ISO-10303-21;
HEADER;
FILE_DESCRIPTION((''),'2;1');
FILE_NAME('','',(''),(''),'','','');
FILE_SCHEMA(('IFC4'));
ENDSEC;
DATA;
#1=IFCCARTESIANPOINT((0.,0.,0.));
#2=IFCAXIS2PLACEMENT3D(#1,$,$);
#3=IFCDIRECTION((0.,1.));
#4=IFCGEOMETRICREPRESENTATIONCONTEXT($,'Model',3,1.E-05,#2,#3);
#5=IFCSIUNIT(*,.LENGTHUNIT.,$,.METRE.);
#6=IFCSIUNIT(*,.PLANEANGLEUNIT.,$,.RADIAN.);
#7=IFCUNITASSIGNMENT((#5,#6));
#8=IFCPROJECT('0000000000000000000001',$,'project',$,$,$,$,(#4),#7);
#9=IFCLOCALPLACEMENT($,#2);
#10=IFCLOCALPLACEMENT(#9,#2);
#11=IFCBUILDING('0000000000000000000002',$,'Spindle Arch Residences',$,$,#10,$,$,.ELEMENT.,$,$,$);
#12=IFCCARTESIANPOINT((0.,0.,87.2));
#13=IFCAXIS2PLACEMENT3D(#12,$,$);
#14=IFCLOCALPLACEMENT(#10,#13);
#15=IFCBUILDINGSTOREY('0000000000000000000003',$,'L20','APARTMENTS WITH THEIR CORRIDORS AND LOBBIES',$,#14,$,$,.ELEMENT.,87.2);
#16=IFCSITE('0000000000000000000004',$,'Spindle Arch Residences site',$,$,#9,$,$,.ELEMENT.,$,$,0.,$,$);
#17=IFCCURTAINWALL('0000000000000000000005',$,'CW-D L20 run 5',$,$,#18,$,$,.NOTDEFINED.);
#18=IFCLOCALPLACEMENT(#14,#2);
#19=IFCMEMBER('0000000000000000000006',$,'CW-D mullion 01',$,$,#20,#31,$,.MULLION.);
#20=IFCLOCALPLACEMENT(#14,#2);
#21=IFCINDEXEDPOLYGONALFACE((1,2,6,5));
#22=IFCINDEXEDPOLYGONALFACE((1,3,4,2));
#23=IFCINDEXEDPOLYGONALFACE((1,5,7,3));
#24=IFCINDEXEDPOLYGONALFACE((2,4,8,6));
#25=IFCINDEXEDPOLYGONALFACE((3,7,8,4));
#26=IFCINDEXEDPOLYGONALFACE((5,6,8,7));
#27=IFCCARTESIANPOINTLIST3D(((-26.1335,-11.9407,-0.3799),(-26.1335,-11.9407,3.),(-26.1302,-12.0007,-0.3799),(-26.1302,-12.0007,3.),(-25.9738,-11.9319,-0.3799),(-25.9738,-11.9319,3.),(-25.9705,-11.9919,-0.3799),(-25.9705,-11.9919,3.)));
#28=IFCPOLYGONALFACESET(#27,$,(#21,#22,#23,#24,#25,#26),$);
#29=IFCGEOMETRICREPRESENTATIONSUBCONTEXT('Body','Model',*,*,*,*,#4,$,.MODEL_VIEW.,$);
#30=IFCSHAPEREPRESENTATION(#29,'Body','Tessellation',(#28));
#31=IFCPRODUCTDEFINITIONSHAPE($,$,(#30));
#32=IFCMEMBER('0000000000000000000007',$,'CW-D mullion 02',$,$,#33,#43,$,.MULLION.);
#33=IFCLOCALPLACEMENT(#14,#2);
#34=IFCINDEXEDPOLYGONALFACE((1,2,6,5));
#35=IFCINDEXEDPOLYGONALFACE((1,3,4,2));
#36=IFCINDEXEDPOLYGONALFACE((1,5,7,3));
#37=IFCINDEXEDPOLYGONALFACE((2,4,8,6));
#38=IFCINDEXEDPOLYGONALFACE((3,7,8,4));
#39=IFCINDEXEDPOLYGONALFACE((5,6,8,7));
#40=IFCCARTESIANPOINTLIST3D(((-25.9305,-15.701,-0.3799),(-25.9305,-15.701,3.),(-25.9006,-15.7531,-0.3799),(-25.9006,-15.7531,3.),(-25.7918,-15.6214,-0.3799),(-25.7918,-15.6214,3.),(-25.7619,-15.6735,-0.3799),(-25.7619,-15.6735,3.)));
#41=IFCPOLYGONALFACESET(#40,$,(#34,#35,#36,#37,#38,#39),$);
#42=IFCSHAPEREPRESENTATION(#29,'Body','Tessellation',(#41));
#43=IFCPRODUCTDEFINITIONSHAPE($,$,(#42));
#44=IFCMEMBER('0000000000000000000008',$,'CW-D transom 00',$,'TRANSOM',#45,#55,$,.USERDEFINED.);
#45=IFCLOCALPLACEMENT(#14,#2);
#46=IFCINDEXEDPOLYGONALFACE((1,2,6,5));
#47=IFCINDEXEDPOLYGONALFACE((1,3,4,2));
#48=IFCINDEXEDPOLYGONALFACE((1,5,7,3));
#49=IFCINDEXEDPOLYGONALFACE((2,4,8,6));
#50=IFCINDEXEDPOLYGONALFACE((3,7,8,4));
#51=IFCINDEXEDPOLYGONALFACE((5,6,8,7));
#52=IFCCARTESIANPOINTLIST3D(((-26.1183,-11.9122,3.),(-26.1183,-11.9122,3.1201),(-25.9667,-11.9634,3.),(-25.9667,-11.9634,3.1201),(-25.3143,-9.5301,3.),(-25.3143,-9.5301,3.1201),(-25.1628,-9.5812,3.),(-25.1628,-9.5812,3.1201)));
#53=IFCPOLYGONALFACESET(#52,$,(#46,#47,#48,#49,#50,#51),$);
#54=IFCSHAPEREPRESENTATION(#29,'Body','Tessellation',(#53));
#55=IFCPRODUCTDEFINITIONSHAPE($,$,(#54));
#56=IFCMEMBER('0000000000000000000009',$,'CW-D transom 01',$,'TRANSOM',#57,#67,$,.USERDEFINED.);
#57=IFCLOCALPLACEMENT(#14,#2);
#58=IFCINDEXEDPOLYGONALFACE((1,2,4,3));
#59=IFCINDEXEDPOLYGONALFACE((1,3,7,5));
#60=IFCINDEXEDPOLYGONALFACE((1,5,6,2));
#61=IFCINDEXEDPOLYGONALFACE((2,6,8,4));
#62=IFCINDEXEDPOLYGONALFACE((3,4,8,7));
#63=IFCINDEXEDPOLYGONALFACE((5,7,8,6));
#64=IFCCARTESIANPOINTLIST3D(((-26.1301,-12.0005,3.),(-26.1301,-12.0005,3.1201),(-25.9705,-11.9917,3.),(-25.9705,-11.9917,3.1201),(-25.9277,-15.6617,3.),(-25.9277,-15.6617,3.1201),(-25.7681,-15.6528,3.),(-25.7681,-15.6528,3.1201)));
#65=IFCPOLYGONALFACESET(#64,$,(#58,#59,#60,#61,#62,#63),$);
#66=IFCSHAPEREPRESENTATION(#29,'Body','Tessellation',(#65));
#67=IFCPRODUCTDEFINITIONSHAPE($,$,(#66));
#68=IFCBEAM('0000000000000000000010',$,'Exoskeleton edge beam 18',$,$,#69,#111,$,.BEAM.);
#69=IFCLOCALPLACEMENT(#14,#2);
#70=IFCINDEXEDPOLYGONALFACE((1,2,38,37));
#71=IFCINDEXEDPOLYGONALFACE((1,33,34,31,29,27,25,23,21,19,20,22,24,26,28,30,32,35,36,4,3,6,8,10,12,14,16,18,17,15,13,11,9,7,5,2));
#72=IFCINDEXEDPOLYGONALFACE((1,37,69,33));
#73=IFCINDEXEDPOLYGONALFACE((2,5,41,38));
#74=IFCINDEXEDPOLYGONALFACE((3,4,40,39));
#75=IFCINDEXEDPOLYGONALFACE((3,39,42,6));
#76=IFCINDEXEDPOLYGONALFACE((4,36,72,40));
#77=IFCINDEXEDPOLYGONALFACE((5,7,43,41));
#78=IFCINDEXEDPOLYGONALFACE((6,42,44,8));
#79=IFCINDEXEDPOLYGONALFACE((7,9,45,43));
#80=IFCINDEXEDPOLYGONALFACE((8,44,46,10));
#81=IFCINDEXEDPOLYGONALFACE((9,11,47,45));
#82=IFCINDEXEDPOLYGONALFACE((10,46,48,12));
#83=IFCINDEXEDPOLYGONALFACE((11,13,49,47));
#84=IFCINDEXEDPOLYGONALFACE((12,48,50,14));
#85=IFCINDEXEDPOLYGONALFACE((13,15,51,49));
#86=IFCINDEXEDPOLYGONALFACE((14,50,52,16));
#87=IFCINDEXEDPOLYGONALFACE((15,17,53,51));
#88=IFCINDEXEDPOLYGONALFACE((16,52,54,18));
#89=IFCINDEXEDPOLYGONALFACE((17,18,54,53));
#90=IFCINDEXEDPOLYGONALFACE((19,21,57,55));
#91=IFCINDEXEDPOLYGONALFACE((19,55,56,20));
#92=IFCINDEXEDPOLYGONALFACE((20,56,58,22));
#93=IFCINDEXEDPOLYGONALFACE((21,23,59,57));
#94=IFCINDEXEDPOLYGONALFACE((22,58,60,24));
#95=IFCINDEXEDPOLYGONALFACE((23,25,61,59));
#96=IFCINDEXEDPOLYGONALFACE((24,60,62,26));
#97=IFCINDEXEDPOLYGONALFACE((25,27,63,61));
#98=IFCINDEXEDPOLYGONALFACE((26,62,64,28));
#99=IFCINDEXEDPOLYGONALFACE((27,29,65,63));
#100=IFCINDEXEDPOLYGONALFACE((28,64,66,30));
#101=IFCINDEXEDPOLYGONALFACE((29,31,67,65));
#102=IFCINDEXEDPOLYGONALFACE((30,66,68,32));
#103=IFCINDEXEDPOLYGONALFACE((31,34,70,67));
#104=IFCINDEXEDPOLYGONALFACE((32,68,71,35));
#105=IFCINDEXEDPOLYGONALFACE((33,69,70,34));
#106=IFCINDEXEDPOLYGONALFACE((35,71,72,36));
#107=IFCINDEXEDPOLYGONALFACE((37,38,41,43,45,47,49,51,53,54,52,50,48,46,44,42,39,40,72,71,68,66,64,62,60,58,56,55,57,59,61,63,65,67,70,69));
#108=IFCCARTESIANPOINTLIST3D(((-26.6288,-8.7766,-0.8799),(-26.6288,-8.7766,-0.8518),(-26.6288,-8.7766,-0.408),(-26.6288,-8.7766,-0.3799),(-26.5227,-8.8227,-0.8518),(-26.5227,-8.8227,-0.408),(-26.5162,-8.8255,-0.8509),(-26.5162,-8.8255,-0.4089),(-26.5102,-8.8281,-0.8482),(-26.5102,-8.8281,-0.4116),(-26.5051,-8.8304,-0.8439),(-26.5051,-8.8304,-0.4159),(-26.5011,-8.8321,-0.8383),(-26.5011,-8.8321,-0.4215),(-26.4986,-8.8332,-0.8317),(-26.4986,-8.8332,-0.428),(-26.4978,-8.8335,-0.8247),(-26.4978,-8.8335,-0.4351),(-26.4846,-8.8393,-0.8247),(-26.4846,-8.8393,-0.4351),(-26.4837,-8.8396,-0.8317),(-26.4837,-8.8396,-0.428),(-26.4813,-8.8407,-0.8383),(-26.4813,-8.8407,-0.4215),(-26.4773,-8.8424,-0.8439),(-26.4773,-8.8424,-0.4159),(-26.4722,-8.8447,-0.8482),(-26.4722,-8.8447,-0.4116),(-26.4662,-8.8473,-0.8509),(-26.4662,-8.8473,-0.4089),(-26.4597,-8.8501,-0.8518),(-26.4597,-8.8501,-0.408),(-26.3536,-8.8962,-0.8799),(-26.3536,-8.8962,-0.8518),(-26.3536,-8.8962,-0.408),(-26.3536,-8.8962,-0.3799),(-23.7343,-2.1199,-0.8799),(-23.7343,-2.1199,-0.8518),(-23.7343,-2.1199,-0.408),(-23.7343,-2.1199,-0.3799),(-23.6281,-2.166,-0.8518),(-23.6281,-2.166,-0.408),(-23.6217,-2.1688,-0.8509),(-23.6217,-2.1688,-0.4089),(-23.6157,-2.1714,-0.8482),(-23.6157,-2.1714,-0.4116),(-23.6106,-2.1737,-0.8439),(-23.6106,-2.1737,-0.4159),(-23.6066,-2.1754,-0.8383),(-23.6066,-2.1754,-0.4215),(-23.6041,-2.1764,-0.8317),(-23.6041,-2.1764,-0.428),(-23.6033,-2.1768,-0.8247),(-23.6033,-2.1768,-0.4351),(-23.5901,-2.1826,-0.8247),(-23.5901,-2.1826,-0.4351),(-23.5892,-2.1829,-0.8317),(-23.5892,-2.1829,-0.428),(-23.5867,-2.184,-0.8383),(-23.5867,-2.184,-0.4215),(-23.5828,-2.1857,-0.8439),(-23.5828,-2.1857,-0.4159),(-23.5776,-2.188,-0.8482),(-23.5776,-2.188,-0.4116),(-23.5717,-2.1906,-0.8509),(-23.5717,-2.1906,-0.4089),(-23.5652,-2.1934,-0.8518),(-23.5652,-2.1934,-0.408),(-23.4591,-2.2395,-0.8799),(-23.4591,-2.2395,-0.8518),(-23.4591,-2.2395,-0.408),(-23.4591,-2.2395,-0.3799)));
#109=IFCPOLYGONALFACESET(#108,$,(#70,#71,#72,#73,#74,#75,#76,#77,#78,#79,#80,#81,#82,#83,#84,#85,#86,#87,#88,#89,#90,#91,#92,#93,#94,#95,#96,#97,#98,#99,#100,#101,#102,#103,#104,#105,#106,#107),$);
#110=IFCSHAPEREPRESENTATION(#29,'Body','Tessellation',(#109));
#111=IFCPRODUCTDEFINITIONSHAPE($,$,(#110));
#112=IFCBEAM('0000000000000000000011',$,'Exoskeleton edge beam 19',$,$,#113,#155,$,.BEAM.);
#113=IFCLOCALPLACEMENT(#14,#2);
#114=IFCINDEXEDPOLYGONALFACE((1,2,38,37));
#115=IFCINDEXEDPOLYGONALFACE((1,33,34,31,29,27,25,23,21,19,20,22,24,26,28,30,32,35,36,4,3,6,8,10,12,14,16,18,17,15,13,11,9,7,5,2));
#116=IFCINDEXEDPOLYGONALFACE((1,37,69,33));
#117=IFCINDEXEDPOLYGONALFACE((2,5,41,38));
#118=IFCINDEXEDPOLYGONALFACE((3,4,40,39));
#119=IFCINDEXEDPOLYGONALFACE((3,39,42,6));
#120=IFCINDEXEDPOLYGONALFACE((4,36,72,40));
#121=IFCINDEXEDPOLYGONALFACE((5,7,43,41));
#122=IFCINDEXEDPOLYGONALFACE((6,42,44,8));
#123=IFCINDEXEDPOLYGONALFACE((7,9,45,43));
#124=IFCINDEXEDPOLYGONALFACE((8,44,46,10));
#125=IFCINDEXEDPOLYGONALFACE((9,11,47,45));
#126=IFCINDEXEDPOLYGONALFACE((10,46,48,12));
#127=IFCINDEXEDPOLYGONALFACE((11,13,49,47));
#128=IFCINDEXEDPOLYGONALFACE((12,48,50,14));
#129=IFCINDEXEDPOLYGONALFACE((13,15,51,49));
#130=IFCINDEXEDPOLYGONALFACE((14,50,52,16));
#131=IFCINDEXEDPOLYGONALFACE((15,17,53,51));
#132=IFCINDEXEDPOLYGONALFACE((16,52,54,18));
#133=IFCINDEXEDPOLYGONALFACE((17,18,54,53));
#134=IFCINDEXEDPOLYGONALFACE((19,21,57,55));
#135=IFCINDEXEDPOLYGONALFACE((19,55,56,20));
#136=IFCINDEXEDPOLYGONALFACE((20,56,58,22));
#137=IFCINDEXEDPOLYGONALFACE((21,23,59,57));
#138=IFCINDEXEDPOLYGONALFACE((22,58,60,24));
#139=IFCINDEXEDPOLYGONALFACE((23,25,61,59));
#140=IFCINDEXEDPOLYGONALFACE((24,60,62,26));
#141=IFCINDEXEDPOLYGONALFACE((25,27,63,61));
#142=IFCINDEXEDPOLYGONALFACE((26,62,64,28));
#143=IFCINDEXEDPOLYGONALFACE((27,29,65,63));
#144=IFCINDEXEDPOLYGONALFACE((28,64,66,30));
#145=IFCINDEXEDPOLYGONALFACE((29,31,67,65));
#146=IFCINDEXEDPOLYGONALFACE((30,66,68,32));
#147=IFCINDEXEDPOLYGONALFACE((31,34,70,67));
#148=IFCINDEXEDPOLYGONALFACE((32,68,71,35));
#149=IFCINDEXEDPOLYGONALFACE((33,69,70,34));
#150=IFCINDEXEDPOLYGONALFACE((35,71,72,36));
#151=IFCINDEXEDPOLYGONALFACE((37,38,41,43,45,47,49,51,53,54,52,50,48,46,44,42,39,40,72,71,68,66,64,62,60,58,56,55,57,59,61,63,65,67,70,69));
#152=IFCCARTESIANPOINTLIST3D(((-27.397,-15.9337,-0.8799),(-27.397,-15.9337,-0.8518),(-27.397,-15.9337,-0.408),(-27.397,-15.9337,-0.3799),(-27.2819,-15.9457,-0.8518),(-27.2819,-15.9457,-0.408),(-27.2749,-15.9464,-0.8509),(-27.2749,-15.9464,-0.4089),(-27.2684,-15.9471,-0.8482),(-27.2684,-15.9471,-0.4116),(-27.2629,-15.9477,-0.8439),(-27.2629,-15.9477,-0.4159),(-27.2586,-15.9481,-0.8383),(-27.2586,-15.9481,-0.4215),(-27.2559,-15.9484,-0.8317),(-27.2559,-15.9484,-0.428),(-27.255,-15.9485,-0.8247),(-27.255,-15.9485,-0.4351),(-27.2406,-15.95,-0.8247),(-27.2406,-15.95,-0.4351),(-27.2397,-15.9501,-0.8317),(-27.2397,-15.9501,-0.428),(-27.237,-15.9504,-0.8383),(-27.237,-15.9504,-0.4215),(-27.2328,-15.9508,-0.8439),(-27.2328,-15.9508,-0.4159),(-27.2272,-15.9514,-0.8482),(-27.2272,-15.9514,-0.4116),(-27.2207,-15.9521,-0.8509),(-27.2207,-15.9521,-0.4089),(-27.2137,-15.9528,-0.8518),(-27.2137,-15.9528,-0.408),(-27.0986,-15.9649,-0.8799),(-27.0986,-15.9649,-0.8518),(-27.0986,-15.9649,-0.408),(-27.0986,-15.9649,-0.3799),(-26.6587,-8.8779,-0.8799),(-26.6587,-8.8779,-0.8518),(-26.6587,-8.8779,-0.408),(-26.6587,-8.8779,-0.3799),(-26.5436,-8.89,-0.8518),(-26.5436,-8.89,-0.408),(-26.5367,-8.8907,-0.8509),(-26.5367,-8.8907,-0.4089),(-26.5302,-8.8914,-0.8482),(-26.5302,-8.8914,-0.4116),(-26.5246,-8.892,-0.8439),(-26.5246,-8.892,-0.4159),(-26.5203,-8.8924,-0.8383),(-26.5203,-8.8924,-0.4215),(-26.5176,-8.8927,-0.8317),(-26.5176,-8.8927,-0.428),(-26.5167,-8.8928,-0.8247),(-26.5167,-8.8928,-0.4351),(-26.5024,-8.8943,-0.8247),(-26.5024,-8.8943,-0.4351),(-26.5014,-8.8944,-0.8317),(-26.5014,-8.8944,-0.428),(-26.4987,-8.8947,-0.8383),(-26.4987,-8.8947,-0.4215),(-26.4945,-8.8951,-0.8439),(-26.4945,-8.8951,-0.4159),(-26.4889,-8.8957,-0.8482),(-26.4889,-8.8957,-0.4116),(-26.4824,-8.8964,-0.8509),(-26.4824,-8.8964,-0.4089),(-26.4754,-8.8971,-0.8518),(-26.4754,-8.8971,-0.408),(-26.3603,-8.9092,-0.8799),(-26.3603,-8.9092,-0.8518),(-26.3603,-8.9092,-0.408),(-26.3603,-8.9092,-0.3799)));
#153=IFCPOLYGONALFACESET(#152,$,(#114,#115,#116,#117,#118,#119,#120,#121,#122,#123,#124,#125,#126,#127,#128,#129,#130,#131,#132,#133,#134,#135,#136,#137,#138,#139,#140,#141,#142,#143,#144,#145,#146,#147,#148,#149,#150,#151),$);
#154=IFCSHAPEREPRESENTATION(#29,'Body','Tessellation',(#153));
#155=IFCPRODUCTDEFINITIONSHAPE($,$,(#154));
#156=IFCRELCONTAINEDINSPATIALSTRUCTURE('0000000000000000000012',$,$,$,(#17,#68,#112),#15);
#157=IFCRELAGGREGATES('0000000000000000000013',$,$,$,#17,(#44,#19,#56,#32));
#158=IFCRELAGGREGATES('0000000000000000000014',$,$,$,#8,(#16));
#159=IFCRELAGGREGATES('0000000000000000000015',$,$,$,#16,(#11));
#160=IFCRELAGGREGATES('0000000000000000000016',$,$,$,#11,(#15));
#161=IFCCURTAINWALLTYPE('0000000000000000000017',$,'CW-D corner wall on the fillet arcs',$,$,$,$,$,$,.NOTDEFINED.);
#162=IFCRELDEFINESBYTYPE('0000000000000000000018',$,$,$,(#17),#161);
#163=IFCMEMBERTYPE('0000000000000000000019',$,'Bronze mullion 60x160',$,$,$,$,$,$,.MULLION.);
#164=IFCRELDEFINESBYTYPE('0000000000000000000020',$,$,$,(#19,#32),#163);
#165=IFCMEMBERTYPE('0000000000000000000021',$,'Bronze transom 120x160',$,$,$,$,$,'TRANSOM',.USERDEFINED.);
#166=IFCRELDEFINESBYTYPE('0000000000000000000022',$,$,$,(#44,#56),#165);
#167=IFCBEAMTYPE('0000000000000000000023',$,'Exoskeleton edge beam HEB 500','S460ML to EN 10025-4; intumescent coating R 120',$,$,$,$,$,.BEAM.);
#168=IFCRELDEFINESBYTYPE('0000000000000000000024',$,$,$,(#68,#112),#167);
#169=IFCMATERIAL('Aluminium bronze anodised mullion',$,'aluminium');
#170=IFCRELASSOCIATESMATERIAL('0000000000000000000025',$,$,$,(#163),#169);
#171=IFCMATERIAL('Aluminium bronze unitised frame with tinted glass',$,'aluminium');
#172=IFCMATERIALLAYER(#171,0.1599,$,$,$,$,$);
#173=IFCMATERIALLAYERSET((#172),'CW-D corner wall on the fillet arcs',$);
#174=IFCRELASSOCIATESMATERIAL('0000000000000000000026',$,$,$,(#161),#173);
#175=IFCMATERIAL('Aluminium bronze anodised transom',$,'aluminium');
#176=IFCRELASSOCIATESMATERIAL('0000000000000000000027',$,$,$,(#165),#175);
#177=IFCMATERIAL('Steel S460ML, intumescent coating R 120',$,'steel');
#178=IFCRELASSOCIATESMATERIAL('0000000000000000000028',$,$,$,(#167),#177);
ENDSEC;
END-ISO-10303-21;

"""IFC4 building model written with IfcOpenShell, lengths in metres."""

from ifc_helpers import new_model, si_unit, direction, frame, origin, origin_2d, place, context, subcontext, project, spatial, rectangle, i_section, extrude, material, layer, layer_set, material_profile, profile_set, type_object, element, aggregate, save


model = new_model("IFC4")

# Units and contexts
model_context = context("Model", 3, precision=1e-05, world=origin(), true_north=direction((0.0, 1.0)))
body_context = subcontext(model_context, "Body", "Model", "MODEL_VIEW")
ifc_project = project(units=[si_unit("LENGTHUNIT", "METRE"), si_unit("PLANEANGLEUNIT", "RADIAN")], contexts=[model_context])

# Site, building, storey
site_placement = place(None, origin())
site = spatial("IfcSite", under=ifc_project, at=site_placement, Name="Spindle Arch Residences site", CompositionType="ELEMENT", RefElevation=0.0)
building_placement = place(site_placement, origin())
building = spatial("IfcBuilding", under=site, at=building_placement, Name="Spindle Arch Residences", CompositionType="ELEMENT")
storey_placement = place(building_placement, frame((0.0, 0.0, 87.2)))
storey = spatial("IfcBuildingStorey", under=building, at=storey_placement, Name="L20", Description="APARTMENTS WITH THEIR CORRIDORS AND LOBBIES", CompositionType="ELEMENT", Elevation=87.2)

# Shared definitions
ifc_material_1 = material(Name="Aluminium bronze anodised mullion", Category="aluminium")
ifc_material_profile_1 = material_profile(ifc_material_1, rectangle(XDim=0.1599, YDim=0.0601, at=origin_2d()), Name="MU 60x160")
ifc_profile_set_1 = profile_set([ifc_material_profile_1], Name="Aluminium bronze anodised mullion")
member_type_1 = type_object("IfcMemberType", Name="Bronze mullion 60x160", PredefinedType="MULLION", material=ifc_profile_set_1)

# Curtain wall, members
ifc_material_2 = material(Name="Aluminium bronze unitised frame with tinted glass", Category="aluminium")
ifc_layer_1 = layer(ifc_material_2, 0.1599)
ifc_layer_set_1 = layer_set([ifc_layer_1], Name="CW-D corner wall on the fillet arcs")
curtain_wall_type_1 = type_object("IfcCurtainWallType", Name="CW-D corner wall on the fillet arcs", PredefinedType="NOTDEFINED", material=ifc_layer_set_1)
curtain_wall_1_placement = place(storey_placement, origin())
curtain_wall_1 = element("IfcCurtainWall", 1, at=curtain_wall_1_placement, inside=storey, type_object=curtain_wall_type_1, Name="CW-D L20 run 5", PredefinedType="NOTDEFINED")
member_1_placement = place(storey_placement, frame((-26.052, -11.9663, -0.3799), z_axis=(0.0, 0.0, 1.0), x_axis=(0.998473, 0.055241, 0.0)))
member_1 = element("IfcMember", 2, at=member_1_placement, type_object=member_type_1, Name="CW-D mullion 01", PredefinedType="MULLION", context=body_context, shape_type="SweptSolid", body=[
    extrude(rectangle(XDim=0.1599, YDim=0.0601, at=origin_2d()), origin(), (0.0, 0.0, 1.0), 3.3799),
])
member_2_placement = place(storey_placement, frame((-25.8462, -15.6873, -0.3799), z_axis=(0.0, 0.0, 1.0), x_axis=(0.867476, 0.497479, 0.0)))
member_2 = element("IfcMember", 3, at=member_2_placement, type_object=member_type_1, Name="CW-D mullion 02", PredefinedType="MULLION", context=body_context, shape_type="SweptSolid", body=[
    extrude(rectangle(XDim=0.1599, YDim=0.0601, at=origin_2d()), origin(), (0.0, 0.0, 1.0), 3.3799),
])
ifc_material_3 = material(Name="Aluminium bronze anodised transom", Category="aluminium")
ifc_material_profile_2 = material_profile(ifc_material_3, rectangle(XDim=0.1599, YDim=0.1201, at=origin_2d()), Name="TR 120x160")
ifc_profile_set_2 = profile_set([ifc_material_profile_2], Name="Aluminium bronze anodised transom")
member_type_2 = type_object("IfcMemberType", Name="Bronze transom 120x160", ElementType="TRANSOM", PredefinedType="USERDEFINED", material=ifc_profile_set_2)
member_3_placement = place(storey_placement, frame((-25.2385, -9.5557, 3.0601), z_axis=(-0.31978, -0.947492, 0.0), x_axis=(0.947492, -0.31978, 0.0)))
member_3 = element("IfcMember", 4, at=member_3_placement, type_object=member_type_2, Name="CW-D transom 00", ObjectType="TRANSOM", PredefinedType="USERDEFINED", context=body_context, shape_type="SweptSolid", body=[
    extrude(rectangle(XDim=0.1599, YDim=0.1201, at=origin_2d()), origin(), (0.0, 0.0, 1.0), 2.5142),
])
member_4_placement = place(storey_placement, frame((-26.0503, -11.9961, 3.0601), z_axis=(0.055197, -0.998475, 0.0), x_axis=(0.998475, 0.055197, 0.0)))
member_4 = element("IfcMember", 5, at=member_4_placement, type_object=member_type_2, Name="CW-D transom 01", ObjectType="TRANSOM", PredefinedType="USERDEFINED", context=body_context, shape_type="SweptSolid", body=[
    extrude(rectangle(XDim=0.1599, YDim=0.1201, at=origin_2d()), origin(), (0.0, 0.0, 1.0), 3.6667),
])

# Beams
ifc_material_4 = material(Name="Steel S460ML, intumescent coating R 120", Category="steel")
ifc_material_profile_3 = material_profile(ifc_material_4, i_section(OverallWidth=0.3, OverallDepth=0.5, WebThickness=0.0144, FlangeThickness=0.0281, FilletRadius=0.0271, at=origin_2d()), Name="HEB 500")
ifc_profile_set_3 = profile_set([ifc_material_profile_3], Name="Steel S460ML, intumescent coating R 120")
beam_type_1 = type_object("IfcBeamType", Name="Exoskeleton edge beam HEB 500", Description="S460ML to EN 10025-4; intumescent coating R 120", PredefinedType="BEAM", material=ifc_profile_set_3)
beam_1_placement = place(storey_placement, frame((-23.5967, -2.1797, -0.6299), z_axis=(-0.398761, -0.917055, 0.0), x_axis=(0.917055, -0.398761, 0.0)))
element("IfcBeam", 6, at=beam_1_placement, inside=storey, type_object=beam_type_1, Name="Exoskeleton edge beam 18", PredefinedType="BEAM", context=body_context, shape_type="SweptSolid", body=[
    extrude(i_section(OverallWidth=0.3, OverallDepth=0.5, WebThickness=0.0144, FlangeThickness=0.0281, FilletRadius=0.0271, at=origin_2d()), origin(), (0.0, 0.0, 1.0), 7.2588),
])
beam_2_placement = place(storey_placement, frame((-26.5095, -8.8936, -0.6299), z_axis=(-0.104069, -0.99457, 0.0), x_axis=(0.99457, -0.104069, 0.0)))
element("IfcBeam", 7, at=beam_2_placement, inside=storey, type_object=beam_type_1, Name="Exoskeleton edge beam 19", PredefinedType="BEAM", context=body_context, shape_type="SweptSolid", body=[
    extrude(i_section(OverallWidth=0.3, OverallDepth=0.5, WebThickness=0.0144, FlangeThickness=0.0281, FilletRadius=0.0271, at=origin_2d()), origin(), (0.0, 0.0, 1.0), 7.0942),
])

aggregate(curtain_wall_1, [member_3, member_1, member_4, member_2])

save(model, "model.ifc")
